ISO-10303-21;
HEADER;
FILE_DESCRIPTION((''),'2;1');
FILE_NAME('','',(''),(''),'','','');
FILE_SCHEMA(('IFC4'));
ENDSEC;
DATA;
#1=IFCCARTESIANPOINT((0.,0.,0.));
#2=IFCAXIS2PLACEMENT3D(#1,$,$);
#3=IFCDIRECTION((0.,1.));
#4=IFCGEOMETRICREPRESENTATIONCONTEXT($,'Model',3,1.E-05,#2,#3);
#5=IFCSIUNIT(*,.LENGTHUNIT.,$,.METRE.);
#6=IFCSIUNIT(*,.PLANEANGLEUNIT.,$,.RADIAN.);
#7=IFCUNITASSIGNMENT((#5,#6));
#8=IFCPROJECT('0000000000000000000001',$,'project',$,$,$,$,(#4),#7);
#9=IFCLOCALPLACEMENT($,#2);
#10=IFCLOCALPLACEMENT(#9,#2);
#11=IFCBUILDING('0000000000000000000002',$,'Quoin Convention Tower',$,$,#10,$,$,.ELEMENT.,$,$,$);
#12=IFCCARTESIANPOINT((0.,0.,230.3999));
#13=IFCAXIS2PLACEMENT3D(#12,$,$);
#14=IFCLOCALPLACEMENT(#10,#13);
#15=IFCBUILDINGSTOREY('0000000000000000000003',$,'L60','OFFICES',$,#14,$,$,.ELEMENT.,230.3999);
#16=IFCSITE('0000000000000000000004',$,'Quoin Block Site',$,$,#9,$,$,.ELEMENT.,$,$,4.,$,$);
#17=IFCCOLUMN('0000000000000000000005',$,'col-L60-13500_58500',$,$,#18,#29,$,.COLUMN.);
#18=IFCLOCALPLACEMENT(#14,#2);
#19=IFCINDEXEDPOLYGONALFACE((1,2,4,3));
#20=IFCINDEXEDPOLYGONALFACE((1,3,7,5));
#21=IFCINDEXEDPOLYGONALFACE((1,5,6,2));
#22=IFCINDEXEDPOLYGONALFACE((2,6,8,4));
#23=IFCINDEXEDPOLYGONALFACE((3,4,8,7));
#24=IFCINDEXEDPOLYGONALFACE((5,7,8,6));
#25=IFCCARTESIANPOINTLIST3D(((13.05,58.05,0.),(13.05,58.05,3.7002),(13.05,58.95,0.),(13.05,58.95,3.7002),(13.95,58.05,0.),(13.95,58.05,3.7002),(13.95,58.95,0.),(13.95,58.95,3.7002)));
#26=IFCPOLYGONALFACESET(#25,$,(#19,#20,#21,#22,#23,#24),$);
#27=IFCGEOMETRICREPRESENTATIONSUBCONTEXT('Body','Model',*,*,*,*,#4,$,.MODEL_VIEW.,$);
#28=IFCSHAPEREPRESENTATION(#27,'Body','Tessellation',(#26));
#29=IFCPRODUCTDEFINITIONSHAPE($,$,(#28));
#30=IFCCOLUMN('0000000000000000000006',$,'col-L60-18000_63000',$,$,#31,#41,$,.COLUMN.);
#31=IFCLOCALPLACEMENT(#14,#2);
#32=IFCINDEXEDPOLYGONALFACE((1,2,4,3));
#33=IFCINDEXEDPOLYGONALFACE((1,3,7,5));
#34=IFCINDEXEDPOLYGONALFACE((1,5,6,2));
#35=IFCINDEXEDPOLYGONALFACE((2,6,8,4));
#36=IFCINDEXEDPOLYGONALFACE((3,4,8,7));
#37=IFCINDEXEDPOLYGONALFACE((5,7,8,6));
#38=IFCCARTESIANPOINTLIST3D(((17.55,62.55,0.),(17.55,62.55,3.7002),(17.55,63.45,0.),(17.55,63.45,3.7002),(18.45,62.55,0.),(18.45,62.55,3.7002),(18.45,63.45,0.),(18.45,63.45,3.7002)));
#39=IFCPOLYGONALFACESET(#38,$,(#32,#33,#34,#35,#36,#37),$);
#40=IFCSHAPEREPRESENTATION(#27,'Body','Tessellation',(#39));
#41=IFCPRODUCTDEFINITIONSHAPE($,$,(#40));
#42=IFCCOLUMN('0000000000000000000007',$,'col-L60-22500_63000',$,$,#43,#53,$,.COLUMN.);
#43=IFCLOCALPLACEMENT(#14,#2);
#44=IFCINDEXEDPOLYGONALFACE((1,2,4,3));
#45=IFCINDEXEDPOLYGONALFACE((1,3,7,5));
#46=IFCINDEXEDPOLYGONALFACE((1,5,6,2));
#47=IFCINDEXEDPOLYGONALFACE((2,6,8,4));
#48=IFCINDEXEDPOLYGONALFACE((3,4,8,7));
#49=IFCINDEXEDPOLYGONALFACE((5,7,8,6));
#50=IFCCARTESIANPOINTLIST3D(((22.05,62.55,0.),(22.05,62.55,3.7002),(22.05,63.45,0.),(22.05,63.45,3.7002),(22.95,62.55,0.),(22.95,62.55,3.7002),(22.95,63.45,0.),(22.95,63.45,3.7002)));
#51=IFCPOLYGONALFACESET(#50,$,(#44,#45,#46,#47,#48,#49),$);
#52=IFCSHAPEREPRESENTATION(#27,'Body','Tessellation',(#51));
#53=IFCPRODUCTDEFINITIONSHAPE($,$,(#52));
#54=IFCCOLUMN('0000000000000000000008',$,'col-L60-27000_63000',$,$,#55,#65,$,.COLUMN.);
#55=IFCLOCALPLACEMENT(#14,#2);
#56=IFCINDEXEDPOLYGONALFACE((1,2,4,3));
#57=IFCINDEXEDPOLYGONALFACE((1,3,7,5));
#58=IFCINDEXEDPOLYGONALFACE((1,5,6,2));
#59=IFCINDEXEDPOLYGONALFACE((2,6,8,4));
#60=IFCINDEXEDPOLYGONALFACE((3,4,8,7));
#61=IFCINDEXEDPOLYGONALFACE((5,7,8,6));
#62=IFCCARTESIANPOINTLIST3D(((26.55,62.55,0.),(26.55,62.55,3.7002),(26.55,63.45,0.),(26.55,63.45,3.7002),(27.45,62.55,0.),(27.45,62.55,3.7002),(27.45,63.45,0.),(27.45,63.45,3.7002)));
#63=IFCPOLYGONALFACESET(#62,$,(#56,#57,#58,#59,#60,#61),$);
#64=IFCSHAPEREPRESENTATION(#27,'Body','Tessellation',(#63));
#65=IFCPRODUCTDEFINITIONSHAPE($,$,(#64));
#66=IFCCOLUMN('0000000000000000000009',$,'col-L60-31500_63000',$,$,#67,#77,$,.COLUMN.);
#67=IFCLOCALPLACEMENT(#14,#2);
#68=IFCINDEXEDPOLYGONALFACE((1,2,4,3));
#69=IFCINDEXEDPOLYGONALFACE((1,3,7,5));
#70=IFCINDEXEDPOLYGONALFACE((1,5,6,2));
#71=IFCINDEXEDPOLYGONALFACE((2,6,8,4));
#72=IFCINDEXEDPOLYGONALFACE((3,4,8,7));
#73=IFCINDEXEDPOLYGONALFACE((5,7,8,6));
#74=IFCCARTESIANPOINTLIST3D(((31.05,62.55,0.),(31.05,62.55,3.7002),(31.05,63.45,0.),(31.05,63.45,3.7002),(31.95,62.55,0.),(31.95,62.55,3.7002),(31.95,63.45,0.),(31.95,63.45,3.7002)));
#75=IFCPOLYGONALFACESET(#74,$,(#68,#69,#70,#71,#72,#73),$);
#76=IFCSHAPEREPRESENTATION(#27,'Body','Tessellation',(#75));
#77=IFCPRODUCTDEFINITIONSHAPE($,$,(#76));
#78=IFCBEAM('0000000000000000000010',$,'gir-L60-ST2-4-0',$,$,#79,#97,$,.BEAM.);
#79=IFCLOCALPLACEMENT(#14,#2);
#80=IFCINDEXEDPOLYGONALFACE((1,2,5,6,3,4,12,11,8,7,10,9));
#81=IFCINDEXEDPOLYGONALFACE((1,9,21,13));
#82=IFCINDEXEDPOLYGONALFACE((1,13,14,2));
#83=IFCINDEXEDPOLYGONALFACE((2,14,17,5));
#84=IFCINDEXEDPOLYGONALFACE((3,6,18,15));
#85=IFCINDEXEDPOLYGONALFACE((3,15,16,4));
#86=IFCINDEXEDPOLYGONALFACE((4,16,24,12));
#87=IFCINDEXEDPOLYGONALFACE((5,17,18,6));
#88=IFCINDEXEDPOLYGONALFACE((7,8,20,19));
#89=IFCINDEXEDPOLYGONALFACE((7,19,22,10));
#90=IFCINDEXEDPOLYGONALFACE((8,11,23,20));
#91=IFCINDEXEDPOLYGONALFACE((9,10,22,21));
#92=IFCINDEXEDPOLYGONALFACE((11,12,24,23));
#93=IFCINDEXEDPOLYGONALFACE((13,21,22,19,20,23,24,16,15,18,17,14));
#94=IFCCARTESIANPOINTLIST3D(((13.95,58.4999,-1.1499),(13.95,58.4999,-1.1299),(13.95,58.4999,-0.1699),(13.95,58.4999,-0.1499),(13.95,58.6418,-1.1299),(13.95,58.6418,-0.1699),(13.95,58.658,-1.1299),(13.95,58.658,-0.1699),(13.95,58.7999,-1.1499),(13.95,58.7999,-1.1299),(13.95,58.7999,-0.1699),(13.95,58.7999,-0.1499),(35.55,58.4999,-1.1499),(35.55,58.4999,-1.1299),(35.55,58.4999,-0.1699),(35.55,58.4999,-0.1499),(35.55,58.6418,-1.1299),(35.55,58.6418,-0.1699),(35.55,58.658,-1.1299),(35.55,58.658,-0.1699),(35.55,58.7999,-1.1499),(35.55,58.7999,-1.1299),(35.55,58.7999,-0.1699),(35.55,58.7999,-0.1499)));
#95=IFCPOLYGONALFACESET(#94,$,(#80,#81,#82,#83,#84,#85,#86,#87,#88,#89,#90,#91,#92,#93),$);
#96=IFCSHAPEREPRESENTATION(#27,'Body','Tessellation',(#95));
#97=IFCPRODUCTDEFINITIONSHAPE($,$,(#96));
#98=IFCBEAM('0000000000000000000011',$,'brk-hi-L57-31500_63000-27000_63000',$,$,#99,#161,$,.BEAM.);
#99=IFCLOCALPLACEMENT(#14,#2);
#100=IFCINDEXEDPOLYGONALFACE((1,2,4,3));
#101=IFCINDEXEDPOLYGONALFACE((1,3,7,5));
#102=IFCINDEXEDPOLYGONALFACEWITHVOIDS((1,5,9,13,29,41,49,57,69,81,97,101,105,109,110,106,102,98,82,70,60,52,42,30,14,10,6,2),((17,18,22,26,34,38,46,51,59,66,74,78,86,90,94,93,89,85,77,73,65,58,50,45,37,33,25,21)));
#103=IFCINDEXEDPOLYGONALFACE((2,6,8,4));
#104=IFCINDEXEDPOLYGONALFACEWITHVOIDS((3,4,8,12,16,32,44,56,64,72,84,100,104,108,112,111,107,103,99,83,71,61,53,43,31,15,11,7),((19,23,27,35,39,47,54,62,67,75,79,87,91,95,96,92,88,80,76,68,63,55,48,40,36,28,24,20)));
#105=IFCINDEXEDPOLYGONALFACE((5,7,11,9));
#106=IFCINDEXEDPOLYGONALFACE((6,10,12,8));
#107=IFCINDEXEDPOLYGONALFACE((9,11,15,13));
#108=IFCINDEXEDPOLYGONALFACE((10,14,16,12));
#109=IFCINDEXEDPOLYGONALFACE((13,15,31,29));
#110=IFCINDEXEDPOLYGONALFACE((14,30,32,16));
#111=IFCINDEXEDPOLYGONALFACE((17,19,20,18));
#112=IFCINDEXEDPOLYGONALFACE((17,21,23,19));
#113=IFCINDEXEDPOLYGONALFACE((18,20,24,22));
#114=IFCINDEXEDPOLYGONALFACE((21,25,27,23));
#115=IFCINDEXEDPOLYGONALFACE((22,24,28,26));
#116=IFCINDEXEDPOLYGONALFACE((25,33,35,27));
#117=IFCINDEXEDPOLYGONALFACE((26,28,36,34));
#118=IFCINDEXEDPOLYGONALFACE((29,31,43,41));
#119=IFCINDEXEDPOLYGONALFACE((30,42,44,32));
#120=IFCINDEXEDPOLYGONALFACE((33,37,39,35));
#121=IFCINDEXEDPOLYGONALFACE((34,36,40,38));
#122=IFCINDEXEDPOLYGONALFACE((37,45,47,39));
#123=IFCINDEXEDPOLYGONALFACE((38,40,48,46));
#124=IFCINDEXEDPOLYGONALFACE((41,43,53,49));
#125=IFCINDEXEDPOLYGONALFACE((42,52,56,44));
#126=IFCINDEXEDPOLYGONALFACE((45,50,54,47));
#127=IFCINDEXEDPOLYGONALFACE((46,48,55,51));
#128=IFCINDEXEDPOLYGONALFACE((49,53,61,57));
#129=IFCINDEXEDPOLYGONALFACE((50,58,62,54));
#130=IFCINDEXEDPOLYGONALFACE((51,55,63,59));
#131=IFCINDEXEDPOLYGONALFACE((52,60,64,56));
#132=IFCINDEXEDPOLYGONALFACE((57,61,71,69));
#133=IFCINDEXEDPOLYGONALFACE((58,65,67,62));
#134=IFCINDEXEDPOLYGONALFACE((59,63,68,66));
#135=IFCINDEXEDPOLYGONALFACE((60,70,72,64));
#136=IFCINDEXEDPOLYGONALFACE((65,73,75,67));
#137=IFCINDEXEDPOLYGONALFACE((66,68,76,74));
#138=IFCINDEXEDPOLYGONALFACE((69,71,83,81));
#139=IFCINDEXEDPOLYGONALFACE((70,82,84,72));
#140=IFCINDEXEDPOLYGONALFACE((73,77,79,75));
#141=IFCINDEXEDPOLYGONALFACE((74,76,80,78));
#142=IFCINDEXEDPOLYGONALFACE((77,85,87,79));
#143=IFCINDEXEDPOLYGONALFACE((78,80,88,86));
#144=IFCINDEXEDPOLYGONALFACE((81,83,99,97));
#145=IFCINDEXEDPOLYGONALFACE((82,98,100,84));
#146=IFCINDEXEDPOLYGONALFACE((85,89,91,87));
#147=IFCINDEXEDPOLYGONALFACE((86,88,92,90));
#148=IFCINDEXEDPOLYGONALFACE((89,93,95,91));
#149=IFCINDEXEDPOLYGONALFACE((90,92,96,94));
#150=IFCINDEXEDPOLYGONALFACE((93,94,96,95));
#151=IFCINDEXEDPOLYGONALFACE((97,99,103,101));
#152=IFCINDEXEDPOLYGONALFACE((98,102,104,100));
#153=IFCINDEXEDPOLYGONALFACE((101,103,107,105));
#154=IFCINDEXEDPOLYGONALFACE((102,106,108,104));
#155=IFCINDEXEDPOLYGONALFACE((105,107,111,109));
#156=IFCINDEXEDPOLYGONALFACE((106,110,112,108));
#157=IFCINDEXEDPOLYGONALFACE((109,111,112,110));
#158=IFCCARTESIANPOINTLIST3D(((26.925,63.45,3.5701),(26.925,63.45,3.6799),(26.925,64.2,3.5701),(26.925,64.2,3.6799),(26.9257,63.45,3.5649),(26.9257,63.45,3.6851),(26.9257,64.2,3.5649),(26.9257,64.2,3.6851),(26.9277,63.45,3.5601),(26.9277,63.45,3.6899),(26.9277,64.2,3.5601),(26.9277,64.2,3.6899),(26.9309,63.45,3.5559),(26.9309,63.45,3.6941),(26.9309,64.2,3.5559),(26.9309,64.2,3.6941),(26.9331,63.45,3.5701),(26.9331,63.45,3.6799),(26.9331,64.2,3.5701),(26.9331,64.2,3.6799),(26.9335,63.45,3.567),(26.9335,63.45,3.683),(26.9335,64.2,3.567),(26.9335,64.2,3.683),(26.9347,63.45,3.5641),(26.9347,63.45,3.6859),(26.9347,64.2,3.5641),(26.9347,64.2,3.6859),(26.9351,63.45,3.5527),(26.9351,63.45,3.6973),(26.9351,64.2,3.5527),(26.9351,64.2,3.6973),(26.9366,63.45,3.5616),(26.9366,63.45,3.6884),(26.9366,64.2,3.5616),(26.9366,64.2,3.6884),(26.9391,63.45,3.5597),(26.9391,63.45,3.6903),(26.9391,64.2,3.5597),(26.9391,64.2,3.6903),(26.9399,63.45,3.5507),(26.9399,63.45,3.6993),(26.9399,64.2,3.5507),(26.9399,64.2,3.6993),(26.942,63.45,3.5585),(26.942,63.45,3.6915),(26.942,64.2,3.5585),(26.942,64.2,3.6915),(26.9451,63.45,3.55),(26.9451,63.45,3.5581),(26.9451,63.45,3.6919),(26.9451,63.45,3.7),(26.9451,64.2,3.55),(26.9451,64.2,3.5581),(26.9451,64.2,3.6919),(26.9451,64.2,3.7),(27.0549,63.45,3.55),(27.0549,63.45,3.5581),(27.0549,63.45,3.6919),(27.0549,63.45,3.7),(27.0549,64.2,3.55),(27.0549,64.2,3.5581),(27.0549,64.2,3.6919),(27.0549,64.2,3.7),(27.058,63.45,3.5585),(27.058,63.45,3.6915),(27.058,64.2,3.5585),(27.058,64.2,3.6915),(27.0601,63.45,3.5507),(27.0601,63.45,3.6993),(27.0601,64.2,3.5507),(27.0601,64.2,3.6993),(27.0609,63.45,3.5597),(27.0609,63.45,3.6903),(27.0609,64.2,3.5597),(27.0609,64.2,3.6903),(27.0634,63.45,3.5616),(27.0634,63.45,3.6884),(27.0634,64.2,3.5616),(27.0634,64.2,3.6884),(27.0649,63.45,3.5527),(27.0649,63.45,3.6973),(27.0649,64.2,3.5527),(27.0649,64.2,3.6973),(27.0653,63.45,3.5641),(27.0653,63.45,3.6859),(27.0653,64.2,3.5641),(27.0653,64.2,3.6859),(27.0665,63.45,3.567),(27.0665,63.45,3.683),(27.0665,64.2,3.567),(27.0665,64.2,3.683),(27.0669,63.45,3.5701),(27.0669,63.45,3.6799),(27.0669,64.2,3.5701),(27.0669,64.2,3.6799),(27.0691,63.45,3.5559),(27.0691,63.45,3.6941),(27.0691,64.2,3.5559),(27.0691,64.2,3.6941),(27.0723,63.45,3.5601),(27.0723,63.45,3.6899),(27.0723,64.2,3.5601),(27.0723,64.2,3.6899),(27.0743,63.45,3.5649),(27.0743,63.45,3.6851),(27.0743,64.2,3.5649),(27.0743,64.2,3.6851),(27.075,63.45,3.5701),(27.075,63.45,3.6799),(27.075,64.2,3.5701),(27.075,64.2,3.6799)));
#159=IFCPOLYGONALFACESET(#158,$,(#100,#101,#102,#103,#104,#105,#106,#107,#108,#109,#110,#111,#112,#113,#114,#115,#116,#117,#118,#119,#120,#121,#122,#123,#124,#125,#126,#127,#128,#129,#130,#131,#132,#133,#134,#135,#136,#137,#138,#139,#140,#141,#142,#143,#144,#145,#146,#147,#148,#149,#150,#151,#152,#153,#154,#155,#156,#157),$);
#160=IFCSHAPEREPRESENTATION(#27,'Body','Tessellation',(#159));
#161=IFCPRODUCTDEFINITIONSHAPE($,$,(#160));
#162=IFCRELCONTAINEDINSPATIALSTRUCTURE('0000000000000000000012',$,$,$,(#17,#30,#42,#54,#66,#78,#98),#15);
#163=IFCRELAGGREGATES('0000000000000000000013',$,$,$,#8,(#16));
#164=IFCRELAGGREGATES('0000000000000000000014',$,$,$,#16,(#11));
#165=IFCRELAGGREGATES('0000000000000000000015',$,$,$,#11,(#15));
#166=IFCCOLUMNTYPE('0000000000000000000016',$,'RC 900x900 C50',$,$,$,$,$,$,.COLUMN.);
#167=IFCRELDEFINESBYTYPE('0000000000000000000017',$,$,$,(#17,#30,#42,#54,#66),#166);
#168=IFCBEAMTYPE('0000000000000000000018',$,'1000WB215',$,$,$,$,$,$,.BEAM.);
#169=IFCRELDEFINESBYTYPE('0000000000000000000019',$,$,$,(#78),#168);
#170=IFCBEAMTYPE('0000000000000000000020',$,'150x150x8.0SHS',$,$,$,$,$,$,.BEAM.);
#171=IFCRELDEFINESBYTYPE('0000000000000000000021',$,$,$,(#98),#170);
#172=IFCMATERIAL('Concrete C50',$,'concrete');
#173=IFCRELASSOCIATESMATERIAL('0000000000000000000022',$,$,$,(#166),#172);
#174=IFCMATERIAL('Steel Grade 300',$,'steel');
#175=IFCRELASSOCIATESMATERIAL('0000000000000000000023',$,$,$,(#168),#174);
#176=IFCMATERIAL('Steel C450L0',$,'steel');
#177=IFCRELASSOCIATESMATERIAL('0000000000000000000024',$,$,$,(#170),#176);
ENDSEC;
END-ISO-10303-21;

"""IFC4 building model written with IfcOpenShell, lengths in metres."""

from ifc_helpers import new_model, si_unit, direction, frame, origin, origin_2d, place, context, subcontext, project, spatial, rectangle, hollow_rectangle, i_section, extrude, material, material_profile, profile_set, type_object, element, save


model = new_model("IFC4")

# Units and contexts
model_context = context("Model", 3, precision=1e-05, world=origin(), true_north=direction((0.0, 1.0)))
body_context = subcontext(model_context, "Body", "Model", "MODEL_VIEW")
ifc_project = project(units=[si_unit("LENGTHUNIT", "METRE"), si_unit("PLANEANGLEUNIT", "RADIAN")], contexts=[model_context])

# Site, building, storey
site_placement = place(None, origin())
site = spatial("IfcSite", under=ifc_project, at=site_placement, Name="Quoin Block Site", CompositionType="ELEMENT", RefElevation=4.0)
building_placement = place(site_placement, origin())
building = spatial("IfcBuilding", under=site, at=building_placement, Name="Quoin Convention Tower", CompositionType="ELEMENT")
storey_placement = place(building_placement, frame((0.0, 0.0, 230.3999)))
storey = spatial("IfcBuildingStorey", under=building, at=storey_placement, Name="L60", Description="OFFICES", CompositionType="ELEMENT", Elevation=230.3999)

# Columns
ifc_material_1 = material(Name="Concrete C50", Category="concrete")
ifc_material_profile_1 = material_profile(ifc_material_1, rectangle(XDim=0.8999, YDim=0.8999, at=origin_2d()), Name="RC 900x900")
ifc_profile_set_1 = profile_set([ifc_material_profile_1], Name="Concrete C50")
column_type = type_object("IfcColumnType", Name="RC 900x900 C50", PredefinedType="COLUMN", material=ifc_profile_set_1)
for number, where, z_axis, x_axis, name in (
    (1, (13.5, 58.5, 0.0), (0.0, 0.0, 1.0), (1.0, 0.0, 0.0), "col-L60-13500_58500"),
    (2, (18.0, 63.0, 0.0), (0.0, 0.0, 1.0), (1.0, 0.0, 0.0), "col-L60-18000_63000"),
    (3, (22.5, 63.0, 0.0), (0.0, 0.0, 1.0), (1.0, 0.0, 0.0), "col-L60-22500_63000"),
    (4, (27.0, 63.0, 0.0), (0.0, 0.0, 1.0), (1.0, 0.0, 0.0), "col-L60-27000_63000"),
    (5, (31.5, 63.0, 0.0), (0.0, 0.0, 1.0), (1.0, 0.0, 0.0), "col-L60-31500_63000"),
):
    element("IfcColumn", number, at=place(storey_placement, frame(where, z_axis=z_axis, x_axis=x_axis)), inside=storey, type_object=column_type, Name=name, PredefinedType="COLUMN", context=body_context, shape_type="SweptSolid", body=[
        extrude(rectangle(XDim=0.8999, YDim=0.8999, at=origin_2d()), origin(), (0.0, 0.0, 1.0), 3.7002),
    ])

# Beams
ifc_material_2 = material(Name="Steel Grade 300", Category="steel")
ifc_material_profile_2 = material_profile(ifc_material_2, i_section(OverallWidth=0.3, OverallDepth=1.0, WebThickness=0.0161, FlangeThickness=0.02, at=origin_2d()), Name="1000WB215")
ifc_profile_set_2 = profile_set([ifc_material_profile_2], Name="Steel Grade 300")
beam_type_1 = type_object("IfcBeamType", Name="1000WB215", PredefinedType="BEAM", material=ifc_profile_set_2)
beam_1_placement = place(storey_placement, frame((13.95, 58.6499, -0.6499), z_axis=(1.0, 0.0, 0.0), x_axis=(0.0, 1.0, 0.0)))
element("IfcBeam", 6, at=beam_1_placement, inside=storey, type_object=beam_type_1, Name="gir-L60-ST2-4-0", PredefinedType="BEAM", context=body_context, shape_type="SweptSolid", body=[
    extrude(i_section(OverallWidth=0.3, OverallDepth=1.0, WebThickness=0.0161, FlangeThickness=0.02, at=origin_2d()), origin(), (0.0, 0.0, 1.0), 21.6001),
])
ifc_material_3 = material(Name="Steel C450L0", Category="steel")
ifc_material_profile_3 = material_profile(ifc_material_3, hollow_rectangle(XDim=0.1499, YDim=0.1499, WallThickness=0.0081, InnerFilletRadius=0.012, OuterFilletRadius=0.02, at=origin_2d()), Name="150x150x8.0SHS")
ifc_profile_set_3 = profile_set([ifc_material_profile_3], Name="Steel C450L0")
beam_type_2 = type_object("IfcBeamType", Name="150x150x8.0SHS", PredefinedType="BEAM", material=ifc_profile_set_3)
for number, where, z_axis, x_axis, name in (
    (7, (27.0, 63.45, 3.625), (0.0, 1.0, 0.0), (-1.0, 0.0, 0.0), "brk-hi-L57-31500_63000-27000_63000"),
):
    element("IfcBeam", number, at=place(storey_placement, frame(where, z_axis=z_axis, x_axis=x_axis)), inside=storey, type_object=beam_type_2, Name=name, PredefinedType="BEAM", context=body_context, shape_type="SweptSolid", body=[
        extrude(hollow_rectangle(XDim=0.1499, YDim=0.1499, WallThickness=0.0081, InnerFilletRadius=0.012, OuterFilletRadius=0.02, at=origin_2d()), origin(), (0.0, 0.0, 1.0), 0.75),
    ])

save(model, "model.ifc")
